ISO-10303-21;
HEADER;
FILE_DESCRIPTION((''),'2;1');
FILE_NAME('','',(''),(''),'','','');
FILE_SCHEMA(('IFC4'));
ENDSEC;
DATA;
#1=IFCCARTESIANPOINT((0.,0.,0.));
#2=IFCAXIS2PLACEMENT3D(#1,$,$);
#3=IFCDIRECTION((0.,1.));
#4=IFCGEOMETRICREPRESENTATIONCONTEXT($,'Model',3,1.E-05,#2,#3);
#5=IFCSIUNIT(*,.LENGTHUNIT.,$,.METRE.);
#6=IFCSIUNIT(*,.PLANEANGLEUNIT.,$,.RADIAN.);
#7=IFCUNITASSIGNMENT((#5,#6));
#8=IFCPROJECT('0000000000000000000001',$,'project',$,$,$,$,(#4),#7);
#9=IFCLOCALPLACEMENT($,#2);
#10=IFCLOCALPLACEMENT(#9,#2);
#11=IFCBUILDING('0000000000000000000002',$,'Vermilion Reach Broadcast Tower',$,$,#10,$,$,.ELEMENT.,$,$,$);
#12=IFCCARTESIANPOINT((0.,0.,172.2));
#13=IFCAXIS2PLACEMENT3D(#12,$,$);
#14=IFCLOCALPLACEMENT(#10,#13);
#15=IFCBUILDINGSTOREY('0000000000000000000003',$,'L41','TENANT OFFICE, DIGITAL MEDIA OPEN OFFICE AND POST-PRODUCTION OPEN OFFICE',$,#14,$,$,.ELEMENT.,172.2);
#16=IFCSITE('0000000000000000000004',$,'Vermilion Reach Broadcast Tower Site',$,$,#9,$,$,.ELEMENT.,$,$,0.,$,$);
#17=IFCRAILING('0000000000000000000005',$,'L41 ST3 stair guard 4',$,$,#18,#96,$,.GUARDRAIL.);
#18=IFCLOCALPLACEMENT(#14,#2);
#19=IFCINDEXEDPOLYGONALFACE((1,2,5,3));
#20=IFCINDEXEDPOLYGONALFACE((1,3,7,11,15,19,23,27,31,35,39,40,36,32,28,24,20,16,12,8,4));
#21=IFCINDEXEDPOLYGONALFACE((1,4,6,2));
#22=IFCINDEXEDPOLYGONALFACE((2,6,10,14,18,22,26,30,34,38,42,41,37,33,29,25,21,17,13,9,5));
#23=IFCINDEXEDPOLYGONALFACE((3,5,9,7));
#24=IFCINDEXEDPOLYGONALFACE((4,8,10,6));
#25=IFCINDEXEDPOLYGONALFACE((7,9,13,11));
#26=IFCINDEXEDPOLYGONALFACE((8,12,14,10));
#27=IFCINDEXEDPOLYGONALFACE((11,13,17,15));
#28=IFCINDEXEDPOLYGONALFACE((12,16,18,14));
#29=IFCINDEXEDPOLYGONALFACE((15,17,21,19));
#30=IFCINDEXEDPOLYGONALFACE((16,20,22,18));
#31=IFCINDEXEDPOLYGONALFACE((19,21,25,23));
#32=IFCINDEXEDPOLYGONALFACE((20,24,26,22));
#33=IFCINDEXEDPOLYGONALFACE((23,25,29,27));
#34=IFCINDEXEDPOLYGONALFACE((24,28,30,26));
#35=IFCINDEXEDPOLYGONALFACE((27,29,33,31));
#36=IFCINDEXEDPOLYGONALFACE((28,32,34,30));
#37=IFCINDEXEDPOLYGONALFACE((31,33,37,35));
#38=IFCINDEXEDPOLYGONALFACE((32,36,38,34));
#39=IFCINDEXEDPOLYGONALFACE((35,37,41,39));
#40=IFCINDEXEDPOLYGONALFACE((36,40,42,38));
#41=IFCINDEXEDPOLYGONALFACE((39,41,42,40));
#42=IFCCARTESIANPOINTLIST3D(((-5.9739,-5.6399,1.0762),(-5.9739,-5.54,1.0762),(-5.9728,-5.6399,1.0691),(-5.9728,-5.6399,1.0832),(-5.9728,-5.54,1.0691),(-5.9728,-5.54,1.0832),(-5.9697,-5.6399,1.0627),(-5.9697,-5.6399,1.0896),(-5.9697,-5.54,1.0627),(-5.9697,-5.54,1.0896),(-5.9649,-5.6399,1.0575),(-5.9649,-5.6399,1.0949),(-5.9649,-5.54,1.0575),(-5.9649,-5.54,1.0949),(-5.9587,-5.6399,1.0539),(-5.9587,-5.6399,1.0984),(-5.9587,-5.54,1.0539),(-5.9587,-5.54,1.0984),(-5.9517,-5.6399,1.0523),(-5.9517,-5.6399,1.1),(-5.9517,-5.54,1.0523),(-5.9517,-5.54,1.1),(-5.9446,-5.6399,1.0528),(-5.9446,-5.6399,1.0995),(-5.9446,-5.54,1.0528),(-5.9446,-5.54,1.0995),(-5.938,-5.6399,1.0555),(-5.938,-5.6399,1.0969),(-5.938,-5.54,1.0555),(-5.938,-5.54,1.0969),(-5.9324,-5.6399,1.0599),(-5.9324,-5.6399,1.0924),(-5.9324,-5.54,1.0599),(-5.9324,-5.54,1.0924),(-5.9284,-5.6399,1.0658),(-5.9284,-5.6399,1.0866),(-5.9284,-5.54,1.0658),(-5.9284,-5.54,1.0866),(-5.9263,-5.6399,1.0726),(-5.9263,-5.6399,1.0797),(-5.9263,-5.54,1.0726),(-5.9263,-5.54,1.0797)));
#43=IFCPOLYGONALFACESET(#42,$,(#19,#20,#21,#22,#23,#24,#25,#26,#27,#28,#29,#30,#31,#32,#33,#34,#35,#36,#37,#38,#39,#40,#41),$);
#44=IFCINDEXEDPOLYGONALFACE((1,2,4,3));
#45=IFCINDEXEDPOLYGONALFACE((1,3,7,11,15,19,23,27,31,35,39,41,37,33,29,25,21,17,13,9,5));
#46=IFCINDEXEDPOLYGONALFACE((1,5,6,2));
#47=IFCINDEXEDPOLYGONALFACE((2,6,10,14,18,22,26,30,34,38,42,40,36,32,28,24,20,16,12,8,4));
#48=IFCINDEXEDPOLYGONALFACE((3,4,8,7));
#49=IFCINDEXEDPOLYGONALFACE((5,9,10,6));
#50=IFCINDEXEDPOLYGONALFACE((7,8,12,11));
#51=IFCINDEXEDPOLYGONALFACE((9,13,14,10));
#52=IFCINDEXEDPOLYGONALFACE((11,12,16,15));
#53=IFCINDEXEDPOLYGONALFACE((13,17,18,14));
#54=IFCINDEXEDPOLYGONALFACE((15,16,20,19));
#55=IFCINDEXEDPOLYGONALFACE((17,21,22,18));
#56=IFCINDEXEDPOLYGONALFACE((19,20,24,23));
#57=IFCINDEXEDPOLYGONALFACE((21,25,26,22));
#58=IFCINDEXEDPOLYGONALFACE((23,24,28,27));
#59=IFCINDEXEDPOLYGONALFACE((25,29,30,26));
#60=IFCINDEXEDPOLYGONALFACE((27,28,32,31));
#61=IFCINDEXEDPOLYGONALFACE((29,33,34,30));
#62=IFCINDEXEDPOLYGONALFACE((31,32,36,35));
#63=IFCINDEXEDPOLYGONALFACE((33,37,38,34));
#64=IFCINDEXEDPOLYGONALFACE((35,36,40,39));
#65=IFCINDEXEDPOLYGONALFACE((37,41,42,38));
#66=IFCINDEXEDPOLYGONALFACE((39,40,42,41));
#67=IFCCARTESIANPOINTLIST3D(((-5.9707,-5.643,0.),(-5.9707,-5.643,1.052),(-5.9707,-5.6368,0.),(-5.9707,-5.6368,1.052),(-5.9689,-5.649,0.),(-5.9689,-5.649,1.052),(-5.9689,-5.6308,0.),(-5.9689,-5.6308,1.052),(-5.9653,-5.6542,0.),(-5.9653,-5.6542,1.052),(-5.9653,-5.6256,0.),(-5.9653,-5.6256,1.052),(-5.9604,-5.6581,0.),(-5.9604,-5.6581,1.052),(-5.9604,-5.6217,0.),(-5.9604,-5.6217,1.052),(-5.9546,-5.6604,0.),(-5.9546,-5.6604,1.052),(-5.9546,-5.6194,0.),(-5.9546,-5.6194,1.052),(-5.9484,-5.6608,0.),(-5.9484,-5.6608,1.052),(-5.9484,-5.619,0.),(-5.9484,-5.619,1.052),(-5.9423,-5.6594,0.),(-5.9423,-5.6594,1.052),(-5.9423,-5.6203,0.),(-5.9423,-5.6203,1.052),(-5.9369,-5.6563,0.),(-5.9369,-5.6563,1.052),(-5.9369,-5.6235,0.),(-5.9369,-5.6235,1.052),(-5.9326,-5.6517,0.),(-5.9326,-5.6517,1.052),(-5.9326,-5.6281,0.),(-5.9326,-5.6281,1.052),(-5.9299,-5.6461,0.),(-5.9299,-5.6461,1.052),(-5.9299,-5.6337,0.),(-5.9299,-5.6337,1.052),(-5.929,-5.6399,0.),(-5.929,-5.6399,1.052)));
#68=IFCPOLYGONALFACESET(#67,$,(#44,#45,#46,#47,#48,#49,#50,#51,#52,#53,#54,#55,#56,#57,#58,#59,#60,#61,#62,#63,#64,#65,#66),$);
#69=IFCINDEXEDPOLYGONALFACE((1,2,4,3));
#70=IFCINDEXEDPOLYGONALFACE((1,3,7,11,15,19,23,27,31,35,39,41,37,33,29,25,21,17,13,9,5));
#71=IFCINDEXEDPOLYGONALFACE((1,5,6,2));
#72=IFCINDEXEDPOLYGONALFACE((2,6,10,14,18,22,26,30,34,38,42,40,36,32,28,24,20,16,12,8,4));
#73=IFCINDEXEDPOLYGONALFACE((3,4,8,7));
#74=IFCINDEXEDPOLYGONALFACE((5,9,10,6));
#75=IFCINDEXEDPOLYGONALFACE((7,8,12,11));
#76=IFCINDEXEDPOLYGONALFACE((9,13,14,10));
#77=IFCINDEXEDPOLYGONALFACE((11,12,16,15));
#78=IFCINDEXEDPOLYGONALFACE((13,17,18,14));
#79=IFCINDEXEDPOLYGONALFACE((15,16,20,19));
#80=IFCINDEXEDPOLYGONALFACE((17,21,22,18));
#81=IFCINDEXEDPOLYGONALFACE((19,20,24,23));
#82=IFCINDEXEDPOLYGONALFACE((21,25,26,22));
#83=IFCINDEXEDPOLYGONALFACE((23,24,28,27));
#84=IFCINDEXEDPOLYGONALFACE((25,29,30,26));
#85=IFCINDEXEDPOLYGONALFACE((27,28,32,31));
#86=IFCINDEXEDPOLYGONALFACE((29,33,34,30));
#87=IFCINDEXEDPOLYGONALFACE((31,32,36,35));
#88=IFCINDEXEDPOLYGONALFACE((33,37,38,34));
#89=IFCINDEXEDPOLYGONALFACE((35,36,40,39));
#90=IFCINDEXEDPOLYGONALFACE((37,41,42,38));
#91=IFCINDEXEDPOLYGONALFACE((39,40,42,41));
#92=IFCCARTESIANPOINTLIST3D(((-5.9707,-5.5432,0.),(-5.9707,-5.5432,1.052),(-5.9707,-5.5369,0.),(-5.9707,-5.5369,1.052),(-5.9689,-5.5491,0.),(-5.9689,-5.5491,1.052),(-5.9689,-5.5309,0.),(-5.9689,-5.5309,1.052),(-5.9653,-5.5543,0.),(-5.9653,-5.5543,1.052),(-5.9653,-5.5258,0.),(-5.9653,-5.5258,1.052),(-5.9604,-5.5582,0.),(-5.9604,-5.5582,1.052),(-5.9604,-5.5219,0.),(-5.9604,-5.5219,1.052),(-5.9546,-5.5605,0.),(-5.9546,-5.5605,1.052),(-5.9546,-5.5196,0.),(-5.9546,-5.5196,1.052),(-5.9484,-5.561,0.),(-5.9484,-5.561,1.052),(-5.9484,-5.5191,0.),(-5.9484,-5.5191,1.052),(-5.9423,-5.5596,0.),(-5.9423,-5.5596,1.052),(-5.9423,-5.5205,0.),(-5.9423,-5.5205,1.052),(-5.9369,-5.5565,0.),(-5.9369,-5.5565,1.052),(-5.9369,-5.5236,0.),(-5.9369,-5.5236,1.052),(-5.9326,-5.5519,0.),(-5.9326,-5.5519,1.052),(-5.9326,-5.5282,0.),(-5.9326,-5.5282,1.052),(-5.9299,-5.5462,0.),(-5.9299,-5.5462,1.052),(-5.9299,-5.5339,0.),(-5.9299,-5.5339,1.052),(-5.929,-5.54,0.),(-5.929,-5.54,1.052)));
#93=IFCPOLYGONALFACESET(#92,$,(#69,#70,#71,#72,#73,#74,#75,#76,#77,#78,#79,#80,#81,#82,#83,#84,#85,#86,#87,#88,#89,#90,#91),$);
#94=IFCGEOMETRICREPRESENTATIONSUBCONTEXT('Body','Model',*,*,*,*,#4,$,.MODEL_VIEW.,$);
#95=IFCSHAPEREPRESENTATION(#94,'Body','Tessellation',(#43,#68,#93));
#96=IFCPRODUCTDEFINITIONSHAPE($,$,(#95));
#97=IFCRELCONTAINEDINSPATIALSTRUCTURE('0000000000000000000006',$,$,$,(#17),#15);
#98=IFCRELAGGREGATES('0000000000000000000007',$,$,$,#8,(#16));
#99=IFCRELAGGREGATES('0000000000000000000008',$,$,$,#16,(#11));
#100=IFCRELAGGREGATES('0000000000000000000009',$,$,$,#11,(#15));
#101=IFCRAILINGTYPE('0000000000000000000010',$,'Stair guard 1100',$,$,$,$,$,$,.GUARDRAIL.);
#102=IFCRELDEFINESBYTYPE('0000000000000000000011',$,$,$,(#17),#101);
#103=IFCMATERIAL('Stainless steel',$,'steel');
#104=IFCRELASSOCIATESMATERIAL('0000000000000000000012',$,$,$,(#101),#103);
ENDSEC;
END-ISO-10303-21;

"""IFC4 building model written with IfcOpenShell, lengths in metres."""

from ifc_helpers import new_model, si_unit, direction, frame, origin, origin_2d, place, context, subcontext, project, spatial, circle, extrude, material, type_object, element, save


model = new_model("IFC4")

# Units and contexts
model_context = context("Model", 3, precision=1e-05, world=origin(), true_north=direction((0.0, 1.0)))
body_context = subcontext(model_context, "Body", "Model", "MODEL_VIEW")
ifc_project = project(units=[si_unit("LENGTHUNIT", "METRE"), si_unit("PLANEANGLEUNIT", "RADIAN")], contexts=[model_context])

# Site, building, storey
site_placement = place(None, origin())
site = spatial("IfcSite", under=ifc_project, at=site_placement, Name="Vermilion Reach Broadcast Tower Site", CompositionType="ELEMENT", RefElevation=0.0)
building_placement = place(site_placement, origin())
building = spatial("IfcBuilding", under=site, at=building_placement, Name="Vermilion Reach Broadcast Tower", CompositionType="ELEMENT")
storey_placement = place(building_placement, frame((0.0, 0.0, 172.2)))
storey = spatial("IfcBuildingStorey", under=building, at=storey_placement, Name="L41", Description="TENANT OFFICE, DIGITAL MEDIA OPEN OFFICE AND POST-PRODUCTION OPEN OFFICE", CompositionType="ELEMENT", Elevation=172.2)

# Railing
ifc_material_1 = material(Name="Stainless steel", Category="steel")
railing_type_1 = type_object("IfcRailingType", Name="Stair guard 1100", PredefinedType="GUARDRAIL", material=ifc_material_1)
railing_1_placement = place(storey_placement, frame((-5.95, -5.6399, 0.0)))
element("IfcRailing", 1, at=railing_1_placement, inside=storey, type_object=railing_type_1, Name="L41 ST3 stair guard 4", PredefinedType="GUARDRAIL", context=body_context, shape_type="SweptSolid", body=[
    extrude(circle(Radius=0.0239, at=origin_2d()), frame((0.0, 0.0, 1.0762), z_axis=(0.0, 1.0, 0.0), x_axis=(-1.0, 0.0, 0.0)), (0.0, 0.0, 1.0), 0.0999),
    extrude(circle(Radius=0.021, at=origin_2d()), origin(), (0.0, 0.0, 1.0), 1.052),
    extrude(circle(Radius=0.021, at=origin_2d()), frame((0.0, 0.0999, 0.0)), (0.0, 0.0, 1.0), 1.052),
])

save(model, "model.ifc")
